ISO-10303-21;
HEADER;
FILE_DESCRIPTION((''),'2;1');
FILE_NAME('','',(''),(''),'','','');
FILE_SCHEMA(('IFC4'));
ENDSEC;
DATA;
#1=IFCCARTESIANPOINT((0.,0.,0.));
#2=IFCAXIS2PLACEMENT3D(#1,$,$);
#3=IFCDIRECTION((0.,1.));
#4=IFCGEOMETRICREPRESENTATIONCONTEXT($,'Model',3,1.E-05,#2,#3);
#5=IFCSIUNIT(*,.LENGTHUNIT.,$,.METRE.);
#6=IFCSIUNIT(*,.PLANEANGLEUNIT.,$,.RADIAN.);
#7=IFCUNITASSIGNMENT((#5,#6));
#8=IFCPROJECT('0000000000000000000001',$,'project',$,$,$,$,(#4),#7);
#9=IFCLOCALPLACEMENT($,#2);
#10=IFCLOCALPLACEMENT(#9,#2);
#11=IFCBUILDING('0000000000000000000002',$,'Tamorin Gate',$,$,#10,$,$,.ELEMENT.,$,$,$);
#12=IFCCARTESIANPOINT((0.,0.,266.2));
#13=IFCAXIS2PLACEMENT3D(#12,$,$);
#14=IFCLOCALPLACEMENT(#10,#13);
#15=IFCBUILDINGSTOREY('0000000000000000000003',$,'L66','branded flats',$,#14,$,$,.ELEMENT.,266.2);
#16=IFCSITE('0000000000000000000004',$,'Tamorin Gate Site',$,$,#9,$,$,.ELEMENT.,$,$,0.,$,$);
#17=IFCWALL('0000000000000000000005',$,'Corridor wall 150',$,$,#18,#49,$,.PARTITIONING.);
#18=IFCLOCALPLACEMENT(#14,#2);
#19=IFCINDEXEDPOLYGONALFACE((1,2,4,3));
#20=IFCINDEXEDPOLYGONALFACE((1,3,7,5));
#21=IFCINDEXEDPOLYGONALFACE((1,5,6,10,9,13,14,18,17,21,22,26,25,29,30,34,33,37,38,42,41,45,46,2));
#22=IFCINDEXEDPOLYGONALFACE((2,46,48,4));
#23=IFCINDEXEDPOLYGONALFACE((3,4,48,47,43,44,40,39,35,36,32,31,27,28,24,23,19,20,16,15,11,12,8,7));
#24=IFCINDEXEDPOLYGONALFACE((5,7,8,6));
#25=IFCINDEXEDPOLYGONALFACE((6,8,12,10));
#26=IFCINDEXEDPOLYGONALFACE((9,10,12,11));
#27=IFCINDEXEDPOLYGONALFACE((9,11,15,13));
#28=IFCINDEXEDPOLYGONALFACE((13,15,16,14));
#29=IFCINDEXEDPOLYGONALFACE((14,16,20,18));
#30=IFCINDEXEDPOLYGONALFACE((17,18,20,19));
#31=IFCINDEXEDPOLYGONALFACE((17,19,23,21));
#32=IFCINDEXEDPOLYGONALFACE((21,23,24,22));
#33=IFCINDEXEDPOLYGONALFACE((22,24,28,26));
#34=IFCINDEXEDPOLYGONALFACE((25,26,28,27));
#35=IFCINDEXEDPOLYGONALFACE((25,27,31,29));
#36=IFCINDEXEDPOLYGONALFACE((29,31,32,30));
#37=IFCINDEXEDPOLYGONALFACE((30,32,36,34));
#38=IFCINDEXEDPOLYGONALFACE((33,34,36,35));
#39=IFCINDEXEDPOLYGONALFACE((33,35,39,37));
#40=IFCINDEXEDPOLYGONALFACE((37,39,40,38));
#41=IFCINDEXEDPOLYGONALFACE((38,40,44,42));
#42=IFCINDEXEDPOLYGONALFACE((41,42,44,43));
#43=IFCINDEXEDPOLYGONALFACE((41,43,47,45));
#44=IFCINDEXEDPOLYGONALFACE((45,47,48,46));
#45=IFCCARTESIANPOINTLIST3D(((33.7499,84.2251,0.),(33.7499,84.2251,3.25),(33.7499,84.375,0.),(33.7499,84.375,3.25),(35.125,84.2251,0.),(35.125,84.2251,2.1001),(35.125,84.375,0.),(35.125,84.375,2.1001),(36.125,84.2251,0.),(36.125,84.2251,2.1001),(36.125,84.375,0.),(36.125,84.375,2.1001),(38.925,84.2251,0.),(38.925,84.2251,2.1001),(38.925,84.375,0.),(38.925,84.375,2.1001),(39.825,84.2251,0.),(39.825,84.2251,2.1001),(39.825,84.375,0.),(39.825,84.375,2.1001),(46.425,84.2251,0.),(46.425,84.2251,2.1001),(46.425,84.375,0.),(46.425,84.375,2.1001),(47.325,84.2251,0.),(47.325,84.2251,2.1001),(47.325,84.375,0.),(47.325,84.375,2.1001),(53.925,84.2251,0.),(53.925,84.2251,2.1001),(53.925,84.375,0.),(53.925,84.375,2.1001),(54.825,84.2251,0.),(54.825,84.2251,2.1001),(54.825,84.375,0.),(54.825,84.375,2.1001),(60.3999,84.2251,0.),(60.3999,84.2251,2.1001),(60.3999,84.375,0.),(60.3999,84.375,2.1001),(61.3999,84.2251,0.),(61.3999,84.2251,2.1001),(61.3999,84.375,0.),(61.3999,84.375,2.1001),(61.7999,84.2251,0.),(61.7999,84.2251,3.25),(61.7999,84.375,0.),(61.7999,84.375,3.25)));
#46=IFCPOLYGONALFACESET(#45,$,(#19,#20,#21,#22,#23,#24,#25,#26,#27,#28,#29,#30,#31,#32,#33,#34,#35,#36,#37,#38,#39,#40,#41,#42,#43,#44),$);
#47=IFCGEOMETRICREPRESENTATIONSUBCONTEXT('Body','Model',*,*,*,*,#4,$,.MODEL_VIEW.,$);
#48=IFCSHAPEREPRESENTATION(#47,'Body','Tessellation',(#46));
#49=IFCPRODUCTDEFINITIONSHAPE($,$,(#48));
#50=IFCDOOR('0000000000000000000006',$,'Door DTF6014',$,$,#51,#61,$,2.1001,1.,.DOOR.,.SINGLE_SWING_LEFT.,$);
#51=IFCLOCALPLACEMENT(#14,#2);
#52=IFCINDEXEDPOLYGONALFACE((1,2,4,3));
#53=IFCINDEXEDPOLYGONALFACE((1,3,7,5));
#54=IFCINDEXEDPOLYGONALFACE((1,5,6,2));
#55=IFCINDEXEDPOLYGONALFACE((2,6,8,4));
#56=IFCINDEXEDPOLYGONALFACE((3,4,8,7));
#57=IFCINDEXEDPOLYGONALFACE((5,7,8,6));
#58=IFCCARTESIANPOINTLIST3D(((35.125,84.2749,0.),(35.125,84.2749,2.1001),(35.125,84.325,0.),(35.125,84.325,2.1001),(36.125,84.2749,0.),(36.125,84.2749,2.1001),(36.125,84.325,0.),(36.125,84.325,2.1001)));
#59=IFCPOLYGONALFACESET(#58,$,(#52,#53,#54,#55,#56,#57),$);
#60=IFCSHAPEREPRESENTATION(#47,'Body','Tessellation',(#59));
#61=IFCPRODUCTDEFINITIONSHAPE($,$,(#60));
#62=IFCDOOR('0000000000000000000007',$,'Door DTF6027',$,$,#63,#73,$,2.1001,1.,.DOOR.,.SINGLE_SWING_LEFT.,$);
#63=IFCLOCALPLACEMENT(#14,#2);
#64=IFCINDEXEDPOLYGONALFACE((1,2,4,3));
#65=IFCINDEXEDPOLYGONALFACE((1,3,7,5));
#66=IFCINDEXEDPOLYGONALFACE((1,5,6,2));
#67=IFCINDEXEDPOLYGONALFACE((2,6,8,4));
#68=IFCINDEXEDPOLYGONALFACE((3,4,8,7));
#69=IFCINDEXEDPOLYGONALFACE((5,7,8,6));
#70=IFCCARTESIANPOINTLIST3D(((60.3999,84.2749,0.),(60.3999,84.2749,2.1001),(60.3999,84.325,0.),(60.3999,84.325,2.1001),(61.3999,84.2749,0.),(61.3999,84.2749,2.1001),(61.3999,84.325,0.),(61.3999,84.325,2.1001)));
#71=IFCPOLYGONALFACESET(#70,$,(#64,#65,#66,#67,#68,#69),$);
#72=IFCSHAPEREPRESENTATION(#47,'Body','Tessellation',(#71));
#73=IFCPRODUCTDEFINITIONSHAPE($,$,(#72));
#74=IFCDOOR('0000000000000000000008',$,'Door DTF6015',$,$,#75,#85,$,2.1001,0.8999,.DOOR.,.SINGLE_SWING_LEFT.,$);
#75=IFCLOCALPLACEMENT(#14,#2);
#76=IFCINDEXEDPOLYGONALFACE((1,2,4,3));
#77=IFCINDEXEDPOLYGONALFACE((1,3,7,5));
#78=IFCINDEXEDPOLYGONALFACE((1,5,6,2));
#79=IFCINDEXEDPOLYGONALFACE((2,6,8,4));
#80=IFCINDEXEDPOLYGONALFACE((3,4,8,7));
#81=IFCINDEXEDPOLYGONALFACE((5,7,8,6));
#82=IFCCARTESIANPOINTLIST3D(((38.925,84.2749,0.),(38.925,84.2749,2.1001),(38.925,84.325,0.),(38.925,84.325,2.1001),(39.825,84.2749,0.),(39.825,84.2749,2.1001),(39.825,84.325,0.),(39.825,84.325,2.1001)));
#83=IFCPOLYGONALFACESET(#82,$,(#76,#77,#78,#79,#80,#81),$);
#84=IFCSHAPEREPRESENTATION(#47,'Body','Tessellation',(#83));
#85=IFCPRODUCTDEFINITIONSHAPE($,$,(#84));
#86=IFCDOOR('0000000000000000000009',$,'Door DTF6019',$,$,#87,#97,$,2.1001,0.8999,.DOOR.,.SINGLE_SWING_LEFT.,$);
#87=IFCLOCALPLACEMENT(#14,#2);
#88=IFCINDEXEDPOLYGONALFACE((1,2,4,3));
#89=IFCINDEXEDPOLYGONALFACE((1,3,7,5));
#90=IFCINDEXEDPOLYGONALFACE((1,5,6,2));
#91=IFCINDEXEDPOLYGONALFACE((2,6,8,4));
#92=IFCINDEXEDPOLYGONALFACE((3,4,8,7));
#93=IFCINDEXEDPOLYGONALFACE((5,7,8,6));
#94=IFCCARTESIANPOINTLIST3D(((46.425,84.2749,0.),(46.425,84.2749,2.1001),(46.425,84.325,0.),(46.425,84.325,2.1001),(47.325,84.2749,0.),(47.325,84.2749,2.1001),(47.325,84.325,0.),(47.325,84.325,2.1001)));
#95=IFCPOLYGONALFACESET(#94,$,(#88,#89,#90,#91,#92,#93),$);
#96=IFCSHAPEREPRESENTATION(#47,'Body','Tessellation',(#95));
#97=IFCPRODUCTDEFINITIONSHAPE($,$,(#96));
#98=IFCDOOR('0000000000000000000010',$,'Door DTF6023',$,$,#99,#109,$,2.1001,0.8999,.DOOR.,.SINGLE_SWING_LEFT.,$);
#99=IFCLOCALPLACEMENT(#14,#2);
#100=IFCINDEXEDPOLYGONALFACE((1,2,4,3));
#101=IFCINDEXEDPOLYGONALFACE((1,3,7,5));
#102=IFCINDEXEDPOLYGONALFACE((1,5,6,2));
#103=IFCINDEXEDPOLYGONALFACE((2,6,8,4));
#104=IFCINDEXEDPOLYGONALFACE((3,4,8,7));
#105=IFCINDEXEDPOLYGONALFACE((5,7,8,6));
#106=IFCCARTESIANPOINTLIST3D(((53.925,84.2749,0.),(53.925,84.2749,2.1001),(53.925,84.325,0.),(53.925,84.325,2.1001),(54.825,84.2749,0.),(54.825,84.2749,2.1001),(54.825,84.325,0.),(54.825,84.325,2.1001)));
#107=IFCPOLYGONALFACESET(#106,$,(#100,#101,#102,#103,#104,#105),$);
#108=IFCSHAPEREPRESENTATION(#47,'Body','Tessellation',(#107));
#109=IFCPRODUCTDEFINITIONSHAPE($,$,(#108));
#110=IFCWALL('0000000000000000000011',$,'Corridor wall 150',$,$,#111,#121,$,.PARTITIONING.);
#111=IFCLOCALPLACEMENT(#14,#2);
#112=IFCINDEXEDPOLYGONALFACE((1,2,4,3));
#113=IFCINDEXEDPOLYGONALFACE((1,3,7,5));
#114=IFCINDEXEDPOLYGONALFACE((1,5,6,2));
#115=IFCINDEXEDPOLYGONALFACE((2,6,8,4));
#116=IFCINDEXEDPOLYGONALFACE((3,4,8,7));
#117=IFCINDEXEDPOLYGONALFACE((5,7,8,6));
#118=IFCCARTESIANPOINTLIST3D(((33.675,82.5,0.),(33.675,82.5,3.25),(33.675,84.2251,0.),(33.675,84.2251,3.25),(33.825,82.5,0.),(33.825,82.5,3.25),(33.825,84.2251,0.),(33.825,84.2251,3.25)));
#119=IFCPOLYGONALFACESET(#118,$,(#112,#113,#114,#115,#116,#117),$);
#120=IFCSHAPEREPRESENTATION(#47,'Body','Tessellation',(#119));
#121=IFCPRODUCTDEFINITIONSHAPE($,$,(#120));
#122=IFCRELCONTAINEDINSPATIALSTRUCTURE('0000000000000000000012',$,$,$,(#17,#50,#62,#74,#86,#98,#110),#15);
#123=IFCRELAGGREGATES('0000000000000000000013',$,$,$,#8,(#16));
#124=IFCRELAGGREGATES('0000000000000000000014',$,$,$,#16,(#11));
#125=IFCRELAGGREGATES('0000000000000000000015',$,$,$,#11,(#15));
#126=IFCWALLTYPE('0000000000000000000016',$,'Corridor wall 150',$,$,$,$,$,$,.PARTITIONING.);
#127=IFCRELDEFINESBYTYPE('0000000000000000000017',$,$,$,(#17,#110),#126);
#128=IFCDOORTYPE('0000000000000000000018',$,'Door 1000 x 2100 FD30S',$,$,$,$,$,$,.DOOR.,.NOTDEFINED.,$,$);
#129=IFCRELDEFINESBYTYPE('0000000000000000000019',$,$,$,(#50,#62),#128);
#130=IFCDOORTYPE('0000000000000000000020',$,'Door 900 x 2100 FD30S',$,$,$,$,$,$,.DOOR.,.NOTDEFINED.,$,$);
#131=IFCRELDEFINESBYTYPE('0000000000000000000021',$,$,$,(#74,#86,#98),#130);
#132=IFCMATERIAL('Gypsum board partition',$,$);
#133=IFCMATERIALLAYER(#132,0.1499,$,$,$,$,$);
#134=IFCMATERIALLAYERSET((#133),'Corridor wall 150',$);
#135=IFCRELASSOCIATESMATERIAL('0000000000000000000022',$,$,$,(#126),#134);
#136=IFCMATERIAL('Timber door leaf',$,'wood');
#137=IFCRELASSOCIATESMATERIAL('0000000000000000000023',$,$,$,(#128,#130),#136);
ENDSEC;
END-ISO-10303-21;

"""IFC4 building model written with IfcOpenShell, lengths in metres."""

from ifc_helpers import new_model, si_unit, direction, frame, frame_2d, origin, place, context, subcontext, project, spatial, rectangle, extrude, material, layer, layer_set, type_object, element, fill, save


model = new_model("IFC4")

# Units and contexts
model_context = context("Model", 3, precision=1e-05, world=origin(), true_north=direction((0.0, 1.0)))
body_context = subcontext(model_context, "Body", "Model", "MODEL_VIEW")
ifc_project = project(units=[si_unit("LENGTHUNIT", "METRE"), si_unit("PLANEANGLEUNIT", "RADIAN")], contexts=[model_context])

# Site, building, storey
site_placement = place(None, origin())
site = spatial("IfcSite", under=ifc_project, at=site_placement, Name="Tamorin Gate Site", CompositionType="ELEMENT", RefElevation=0.0)
building_placement = place(site_placement, origin())
building = spatial("IfcBuilding", under=site, at=building_placement, Name="Tamorin Gate", CompositionType="ELEMENT")
storey_placement = place(building_placement, frame((0.0, 0.0, 266.2)))
storey = spatial("IfcBuildingStorey", under=building, at=storey_placement, Name="L66", Description="branded flats", CompositionType="ELEMENT", Elevation=266.2)

# Wall, openings, doors
ifc_material_1 = material(Name="Gypsum board partition")
ifc_layer_1 = layer(ifc_material_1, 0.1499)
ifc_layer_set_1 = layer_set([ifc_layer_1], Name="Corridor wall 150")
wall_type_1 = type_object("IfcWallType", Name="Corridor wall 150", PredefinedType="PARTITIONING", material=ifc_layer_set_1)
wall_1_placement = place(storey_placement, frame((33.75, 84.3, 0.0), z_axis=(0.0, 0.0, 1.0), x_axis=(1.0, 0.0, 0.0)))
wall_1 = element("IfcWall", 1, at=wall_1_placement, inside=storey, type_object=wall_type_1, Name="Corridor wall 150", PredefinedType="PARTITIONING", context=body_context, shape_type="SweptSolid", body=[
    extrude(rectangle(XDim=28.05, YDim=0.1499, at=frame_2d((14.0249, 0.0))), origin(), (0.0, 0.0, 1.0), 3.25),
])
opening_1_placement = place(wall_1_placement, frame((1.375, 0.0, 0.0)))
opening_1 = element("IfcOpeningElement", 2, at=opening_1_placement, cuts=wall_1, PredefinedType="OPENING", context=body_context, shape_type="SweptSolid", body=[
    extrude(rectangle(XDim=1.0, YDim=2.1001, at=frame_2d((0.5, 1.05))), frame((0.0, 0.085, 0.0), z_axis=(0.0, -1.0, 0.0), x_axis=(1.0, 0.0, 0.0)), (0.0, 0.0, 1.0), 0.1699),
])
opening_2_placement = place(wall_1_placement, frame((5.175, 0.0, 0.0)))
opening_2 = element("IfcOpeningElement", 3, at=opening_2_placement, cuts=wall_1, PredefinedType="OPENING", context=body_context, shape_type="SweptSolid", body=[
    extrude(rectangle(XDim=0.8999, YDim=2.1001, at=frame_2d((0.45, 1.05))), frame((0.0, 0.085, 0.0), z_axis=(0.0, -1.0, 0.0), x_axis=(1.0, 0.0, 0.0)), (0.0, 0.0, 1.0), 0.1699),
])
opening_3_placement = place(wall_1_placement, frame((12.675, 0.0, 0.0)))
opening_3 = element("IfcOpeningElement", 4, at=opening_3_placement, cuts=wall_1, PredefinedType="OPENING", context=body_context, shape_type="SweptSolid", body=[
    extrude(rectangle(XDim=0.8999, YDim=2.1001, at=frame_2d((0.45, 1.05))), frame((0.0, 0.085, 0.0), z_axis=(0.0, -1.0, 0.0), x_axis=(1.0, 0.0, 0.0)), (0.0, 0.0, 1.0), 0.1699),
])
opening_4_placement = place(wall_1_placement, frame((20.175, 0.0, 0.0)))
opening_4 = element("IfcOpeningElement", 5, at=opening_4_placement, cuts=wall_1, PredefinedType="OPENING", context=body_context, shape_type="SweptSolid", body=[
    extrude(rectangle(XDim=0.8999, YDim=2.1001, at=frame_2d((0.45, 1.05))), frame((0.0, 0.085, 0.0), z_axis=(0.0, -1.0, 0.0), x_axis=(1.0, 0.0, 0.0)), (0.0, 0.0, 1.0), 0.1699),
])
opening_5_placement = place(wall_1_placement, frame((26.6499, 0.0, 0.0)))
opening_5 = element("IfcOpeningElement", 6, at=opening_5_placement, cuts=wall_1, PredefinedType="OPENING", context=body_context, shape_type="SweptSolid", body=[
    extrude(rectangle(XDim=1.0, YDim=2.1001, at=frame_2d((0.5, 1.05))), frame((0.0, 0.085, 0.0), z_axis=(0.0, -1.0, 0.0), x_axis=(1.0, 0.0, 0.0)), (0.0, 0.0, 1.0), 0.1699),
])
ifc_material_2 = material(Name="Timber door leaf", Category="wood")
door_type_1 = type_object("IfcDoorType", Name="Door 1000 x 2100 FD30S", OperationType="NOTDEFINED", PredefinedType="DOOR", material=ifc_material_2)
door_1_placement = place(opening_1_placement, origin())
door_1 = element("IfcDoor", 7, at=door_1_placement, inside=storey, type_object=door_type_1, Name="Door DTF6014", OperationType="SINGLE_SWING_LEFT", OverallHeight=2.1001, OverallWidth=1.0, PredefinedType="DOOR", context=body_context, shape_type="SweptSolid", body=[
    extrude(rectangle(XDim=1.0, YDim=2.1001, at=frame_2d((0.5, 1.05))), frame((0.0, 0.0249, 0.0), z_axis=(0.0, -1.0, 0.0), x_axis=(1.0, 0.0, 0.0)), (0.0, 0.0, 1.0), 0.05),
])
fill(opening_1, door_1)
door_2_placement = place(opening_5_placement, origin())
door_2 = element("IfcDoor", 8, at=door_2_placement, inside=storey, type_object=door_type_1, Name="Door DTF6027", OperationType="SINGLE_SWING_LEFT", OverallHeight=2.1001, OverallWidth=1.0, PredefinedType="DOOR", context=body_context, shape_type="SweptSolid", body=[
    extrude(rectangle(XDim=1.0, YDim=2.1001, at=frame_2d((0.5, 1.05))), frame((0.0, 0.0249, 0.0), z_axis=(0.0, -1.0, 0.0), x_axis=(1.0, 0.0, 0.0)), (0.0, 0.0, 1.0), 0.05),
])
fill(opening_5, door_2)
door_type_2 = type_object("IfcDoorType", Name="Door 900 x 2100 FD30S", OperationType="NOTDEFINED", PredefinedType="DOOR", material=ifc_material_2)
door_3_placement = place(opening_2_placement, origin())
door_3 = element("IfcDoor", 9, at=door_3_placement, inside=storey, type_object=door_type_2, Name="Door DTF6015", OperationType="SINGLE_SWING_LEFT", OverallHeight=2.1001, OverallWidth=0.8999, PredefinedType="DOOR", context=body_context, shape_type="SweptSolid", body=[
    extrude(rectangle(XDim=0.8999, YDim=2.1001, at=frame_2d((0.45, 1.05))), frame((0.0, 0.0249, 0.0), z_axis=(0.0, -1.0, 0.0), x_axis=(1.0, 0.0, 0.0)), (0.0, 0.0, 1.0), 0.05),
])
fill(opening_2, door_3)
door_4_placement = place(opening_3_placement, origin())
door_4 = element("IfcDoor", 10, at=door_4_placement, inside=storey, type_object=door_type_2, Name="Door DTF6019", OperationType="SINGLE_SWING_LEFT", OverallHeight=2.1001, OverallWidth=0.8999, PredefinedType="DOOR", context=body_context, shape_type="SweptSolid", body=[
    extrude(rectangle(XDim=0.8999, YDim=2.1001, at=frame_2d((0.45, 1.05))), frame((0.0, 0.0249, 0.0), z_axis=(0.0, -1.0, 0.0), x_axis=(1.0, 0.0, 0.0)), (0.0, 0.0, 1.0), 0.05),
])
fill(opening_3, door_4)
door_5_placement = place(opening_4_placement, origin())
door_5 = element("IfcDoor", 11, at=door_5_placement, inside=storey, type_object=door_type_2, Name="Door DTF6023", OperationType="SINGLE_SWING_LEFT", OverallHeight=2.1001, OverallWidth=0.8999, PredefinedType="DOOR", context=body_context, shape_type="SweptSolid", body=[
    extrude(rectangle(XDim=0.8999, YDim=2.1001, at=frame_2d((0.45, 1.05))), frame((0.0, 0.0249, 0.0), z_axis=(0.0, -1.0, 0.0), x_axis=(1.0, 0.0, 0.0)), (0.0, 0.0, 1.0), 0.05),
])
fill(opening_4, door_5)

# Wall
wall_2_placement = place(storey_placement, frame((33.75, 82.5, 0.0), z_axis=(0.0, 0.0, 1.0), x_axis=(0.0, 1.0, 0.0)))
element("IfcWall", 12, at=wall_2_placement, inside=storey, type_object=wall_type_1, Name="Corridor wall 150", PredefinedType="PARTITIONING", context=body_context, shape_type="SweptSolid", body=[
    extrude(rectangle(XDim=1.7251, YDim=0.1499, at=frame_2d((0.8625, 0.0))), origin(), (0.0, 0.0, 1.0), 3.25),
])

save(model, "model.ifc")
